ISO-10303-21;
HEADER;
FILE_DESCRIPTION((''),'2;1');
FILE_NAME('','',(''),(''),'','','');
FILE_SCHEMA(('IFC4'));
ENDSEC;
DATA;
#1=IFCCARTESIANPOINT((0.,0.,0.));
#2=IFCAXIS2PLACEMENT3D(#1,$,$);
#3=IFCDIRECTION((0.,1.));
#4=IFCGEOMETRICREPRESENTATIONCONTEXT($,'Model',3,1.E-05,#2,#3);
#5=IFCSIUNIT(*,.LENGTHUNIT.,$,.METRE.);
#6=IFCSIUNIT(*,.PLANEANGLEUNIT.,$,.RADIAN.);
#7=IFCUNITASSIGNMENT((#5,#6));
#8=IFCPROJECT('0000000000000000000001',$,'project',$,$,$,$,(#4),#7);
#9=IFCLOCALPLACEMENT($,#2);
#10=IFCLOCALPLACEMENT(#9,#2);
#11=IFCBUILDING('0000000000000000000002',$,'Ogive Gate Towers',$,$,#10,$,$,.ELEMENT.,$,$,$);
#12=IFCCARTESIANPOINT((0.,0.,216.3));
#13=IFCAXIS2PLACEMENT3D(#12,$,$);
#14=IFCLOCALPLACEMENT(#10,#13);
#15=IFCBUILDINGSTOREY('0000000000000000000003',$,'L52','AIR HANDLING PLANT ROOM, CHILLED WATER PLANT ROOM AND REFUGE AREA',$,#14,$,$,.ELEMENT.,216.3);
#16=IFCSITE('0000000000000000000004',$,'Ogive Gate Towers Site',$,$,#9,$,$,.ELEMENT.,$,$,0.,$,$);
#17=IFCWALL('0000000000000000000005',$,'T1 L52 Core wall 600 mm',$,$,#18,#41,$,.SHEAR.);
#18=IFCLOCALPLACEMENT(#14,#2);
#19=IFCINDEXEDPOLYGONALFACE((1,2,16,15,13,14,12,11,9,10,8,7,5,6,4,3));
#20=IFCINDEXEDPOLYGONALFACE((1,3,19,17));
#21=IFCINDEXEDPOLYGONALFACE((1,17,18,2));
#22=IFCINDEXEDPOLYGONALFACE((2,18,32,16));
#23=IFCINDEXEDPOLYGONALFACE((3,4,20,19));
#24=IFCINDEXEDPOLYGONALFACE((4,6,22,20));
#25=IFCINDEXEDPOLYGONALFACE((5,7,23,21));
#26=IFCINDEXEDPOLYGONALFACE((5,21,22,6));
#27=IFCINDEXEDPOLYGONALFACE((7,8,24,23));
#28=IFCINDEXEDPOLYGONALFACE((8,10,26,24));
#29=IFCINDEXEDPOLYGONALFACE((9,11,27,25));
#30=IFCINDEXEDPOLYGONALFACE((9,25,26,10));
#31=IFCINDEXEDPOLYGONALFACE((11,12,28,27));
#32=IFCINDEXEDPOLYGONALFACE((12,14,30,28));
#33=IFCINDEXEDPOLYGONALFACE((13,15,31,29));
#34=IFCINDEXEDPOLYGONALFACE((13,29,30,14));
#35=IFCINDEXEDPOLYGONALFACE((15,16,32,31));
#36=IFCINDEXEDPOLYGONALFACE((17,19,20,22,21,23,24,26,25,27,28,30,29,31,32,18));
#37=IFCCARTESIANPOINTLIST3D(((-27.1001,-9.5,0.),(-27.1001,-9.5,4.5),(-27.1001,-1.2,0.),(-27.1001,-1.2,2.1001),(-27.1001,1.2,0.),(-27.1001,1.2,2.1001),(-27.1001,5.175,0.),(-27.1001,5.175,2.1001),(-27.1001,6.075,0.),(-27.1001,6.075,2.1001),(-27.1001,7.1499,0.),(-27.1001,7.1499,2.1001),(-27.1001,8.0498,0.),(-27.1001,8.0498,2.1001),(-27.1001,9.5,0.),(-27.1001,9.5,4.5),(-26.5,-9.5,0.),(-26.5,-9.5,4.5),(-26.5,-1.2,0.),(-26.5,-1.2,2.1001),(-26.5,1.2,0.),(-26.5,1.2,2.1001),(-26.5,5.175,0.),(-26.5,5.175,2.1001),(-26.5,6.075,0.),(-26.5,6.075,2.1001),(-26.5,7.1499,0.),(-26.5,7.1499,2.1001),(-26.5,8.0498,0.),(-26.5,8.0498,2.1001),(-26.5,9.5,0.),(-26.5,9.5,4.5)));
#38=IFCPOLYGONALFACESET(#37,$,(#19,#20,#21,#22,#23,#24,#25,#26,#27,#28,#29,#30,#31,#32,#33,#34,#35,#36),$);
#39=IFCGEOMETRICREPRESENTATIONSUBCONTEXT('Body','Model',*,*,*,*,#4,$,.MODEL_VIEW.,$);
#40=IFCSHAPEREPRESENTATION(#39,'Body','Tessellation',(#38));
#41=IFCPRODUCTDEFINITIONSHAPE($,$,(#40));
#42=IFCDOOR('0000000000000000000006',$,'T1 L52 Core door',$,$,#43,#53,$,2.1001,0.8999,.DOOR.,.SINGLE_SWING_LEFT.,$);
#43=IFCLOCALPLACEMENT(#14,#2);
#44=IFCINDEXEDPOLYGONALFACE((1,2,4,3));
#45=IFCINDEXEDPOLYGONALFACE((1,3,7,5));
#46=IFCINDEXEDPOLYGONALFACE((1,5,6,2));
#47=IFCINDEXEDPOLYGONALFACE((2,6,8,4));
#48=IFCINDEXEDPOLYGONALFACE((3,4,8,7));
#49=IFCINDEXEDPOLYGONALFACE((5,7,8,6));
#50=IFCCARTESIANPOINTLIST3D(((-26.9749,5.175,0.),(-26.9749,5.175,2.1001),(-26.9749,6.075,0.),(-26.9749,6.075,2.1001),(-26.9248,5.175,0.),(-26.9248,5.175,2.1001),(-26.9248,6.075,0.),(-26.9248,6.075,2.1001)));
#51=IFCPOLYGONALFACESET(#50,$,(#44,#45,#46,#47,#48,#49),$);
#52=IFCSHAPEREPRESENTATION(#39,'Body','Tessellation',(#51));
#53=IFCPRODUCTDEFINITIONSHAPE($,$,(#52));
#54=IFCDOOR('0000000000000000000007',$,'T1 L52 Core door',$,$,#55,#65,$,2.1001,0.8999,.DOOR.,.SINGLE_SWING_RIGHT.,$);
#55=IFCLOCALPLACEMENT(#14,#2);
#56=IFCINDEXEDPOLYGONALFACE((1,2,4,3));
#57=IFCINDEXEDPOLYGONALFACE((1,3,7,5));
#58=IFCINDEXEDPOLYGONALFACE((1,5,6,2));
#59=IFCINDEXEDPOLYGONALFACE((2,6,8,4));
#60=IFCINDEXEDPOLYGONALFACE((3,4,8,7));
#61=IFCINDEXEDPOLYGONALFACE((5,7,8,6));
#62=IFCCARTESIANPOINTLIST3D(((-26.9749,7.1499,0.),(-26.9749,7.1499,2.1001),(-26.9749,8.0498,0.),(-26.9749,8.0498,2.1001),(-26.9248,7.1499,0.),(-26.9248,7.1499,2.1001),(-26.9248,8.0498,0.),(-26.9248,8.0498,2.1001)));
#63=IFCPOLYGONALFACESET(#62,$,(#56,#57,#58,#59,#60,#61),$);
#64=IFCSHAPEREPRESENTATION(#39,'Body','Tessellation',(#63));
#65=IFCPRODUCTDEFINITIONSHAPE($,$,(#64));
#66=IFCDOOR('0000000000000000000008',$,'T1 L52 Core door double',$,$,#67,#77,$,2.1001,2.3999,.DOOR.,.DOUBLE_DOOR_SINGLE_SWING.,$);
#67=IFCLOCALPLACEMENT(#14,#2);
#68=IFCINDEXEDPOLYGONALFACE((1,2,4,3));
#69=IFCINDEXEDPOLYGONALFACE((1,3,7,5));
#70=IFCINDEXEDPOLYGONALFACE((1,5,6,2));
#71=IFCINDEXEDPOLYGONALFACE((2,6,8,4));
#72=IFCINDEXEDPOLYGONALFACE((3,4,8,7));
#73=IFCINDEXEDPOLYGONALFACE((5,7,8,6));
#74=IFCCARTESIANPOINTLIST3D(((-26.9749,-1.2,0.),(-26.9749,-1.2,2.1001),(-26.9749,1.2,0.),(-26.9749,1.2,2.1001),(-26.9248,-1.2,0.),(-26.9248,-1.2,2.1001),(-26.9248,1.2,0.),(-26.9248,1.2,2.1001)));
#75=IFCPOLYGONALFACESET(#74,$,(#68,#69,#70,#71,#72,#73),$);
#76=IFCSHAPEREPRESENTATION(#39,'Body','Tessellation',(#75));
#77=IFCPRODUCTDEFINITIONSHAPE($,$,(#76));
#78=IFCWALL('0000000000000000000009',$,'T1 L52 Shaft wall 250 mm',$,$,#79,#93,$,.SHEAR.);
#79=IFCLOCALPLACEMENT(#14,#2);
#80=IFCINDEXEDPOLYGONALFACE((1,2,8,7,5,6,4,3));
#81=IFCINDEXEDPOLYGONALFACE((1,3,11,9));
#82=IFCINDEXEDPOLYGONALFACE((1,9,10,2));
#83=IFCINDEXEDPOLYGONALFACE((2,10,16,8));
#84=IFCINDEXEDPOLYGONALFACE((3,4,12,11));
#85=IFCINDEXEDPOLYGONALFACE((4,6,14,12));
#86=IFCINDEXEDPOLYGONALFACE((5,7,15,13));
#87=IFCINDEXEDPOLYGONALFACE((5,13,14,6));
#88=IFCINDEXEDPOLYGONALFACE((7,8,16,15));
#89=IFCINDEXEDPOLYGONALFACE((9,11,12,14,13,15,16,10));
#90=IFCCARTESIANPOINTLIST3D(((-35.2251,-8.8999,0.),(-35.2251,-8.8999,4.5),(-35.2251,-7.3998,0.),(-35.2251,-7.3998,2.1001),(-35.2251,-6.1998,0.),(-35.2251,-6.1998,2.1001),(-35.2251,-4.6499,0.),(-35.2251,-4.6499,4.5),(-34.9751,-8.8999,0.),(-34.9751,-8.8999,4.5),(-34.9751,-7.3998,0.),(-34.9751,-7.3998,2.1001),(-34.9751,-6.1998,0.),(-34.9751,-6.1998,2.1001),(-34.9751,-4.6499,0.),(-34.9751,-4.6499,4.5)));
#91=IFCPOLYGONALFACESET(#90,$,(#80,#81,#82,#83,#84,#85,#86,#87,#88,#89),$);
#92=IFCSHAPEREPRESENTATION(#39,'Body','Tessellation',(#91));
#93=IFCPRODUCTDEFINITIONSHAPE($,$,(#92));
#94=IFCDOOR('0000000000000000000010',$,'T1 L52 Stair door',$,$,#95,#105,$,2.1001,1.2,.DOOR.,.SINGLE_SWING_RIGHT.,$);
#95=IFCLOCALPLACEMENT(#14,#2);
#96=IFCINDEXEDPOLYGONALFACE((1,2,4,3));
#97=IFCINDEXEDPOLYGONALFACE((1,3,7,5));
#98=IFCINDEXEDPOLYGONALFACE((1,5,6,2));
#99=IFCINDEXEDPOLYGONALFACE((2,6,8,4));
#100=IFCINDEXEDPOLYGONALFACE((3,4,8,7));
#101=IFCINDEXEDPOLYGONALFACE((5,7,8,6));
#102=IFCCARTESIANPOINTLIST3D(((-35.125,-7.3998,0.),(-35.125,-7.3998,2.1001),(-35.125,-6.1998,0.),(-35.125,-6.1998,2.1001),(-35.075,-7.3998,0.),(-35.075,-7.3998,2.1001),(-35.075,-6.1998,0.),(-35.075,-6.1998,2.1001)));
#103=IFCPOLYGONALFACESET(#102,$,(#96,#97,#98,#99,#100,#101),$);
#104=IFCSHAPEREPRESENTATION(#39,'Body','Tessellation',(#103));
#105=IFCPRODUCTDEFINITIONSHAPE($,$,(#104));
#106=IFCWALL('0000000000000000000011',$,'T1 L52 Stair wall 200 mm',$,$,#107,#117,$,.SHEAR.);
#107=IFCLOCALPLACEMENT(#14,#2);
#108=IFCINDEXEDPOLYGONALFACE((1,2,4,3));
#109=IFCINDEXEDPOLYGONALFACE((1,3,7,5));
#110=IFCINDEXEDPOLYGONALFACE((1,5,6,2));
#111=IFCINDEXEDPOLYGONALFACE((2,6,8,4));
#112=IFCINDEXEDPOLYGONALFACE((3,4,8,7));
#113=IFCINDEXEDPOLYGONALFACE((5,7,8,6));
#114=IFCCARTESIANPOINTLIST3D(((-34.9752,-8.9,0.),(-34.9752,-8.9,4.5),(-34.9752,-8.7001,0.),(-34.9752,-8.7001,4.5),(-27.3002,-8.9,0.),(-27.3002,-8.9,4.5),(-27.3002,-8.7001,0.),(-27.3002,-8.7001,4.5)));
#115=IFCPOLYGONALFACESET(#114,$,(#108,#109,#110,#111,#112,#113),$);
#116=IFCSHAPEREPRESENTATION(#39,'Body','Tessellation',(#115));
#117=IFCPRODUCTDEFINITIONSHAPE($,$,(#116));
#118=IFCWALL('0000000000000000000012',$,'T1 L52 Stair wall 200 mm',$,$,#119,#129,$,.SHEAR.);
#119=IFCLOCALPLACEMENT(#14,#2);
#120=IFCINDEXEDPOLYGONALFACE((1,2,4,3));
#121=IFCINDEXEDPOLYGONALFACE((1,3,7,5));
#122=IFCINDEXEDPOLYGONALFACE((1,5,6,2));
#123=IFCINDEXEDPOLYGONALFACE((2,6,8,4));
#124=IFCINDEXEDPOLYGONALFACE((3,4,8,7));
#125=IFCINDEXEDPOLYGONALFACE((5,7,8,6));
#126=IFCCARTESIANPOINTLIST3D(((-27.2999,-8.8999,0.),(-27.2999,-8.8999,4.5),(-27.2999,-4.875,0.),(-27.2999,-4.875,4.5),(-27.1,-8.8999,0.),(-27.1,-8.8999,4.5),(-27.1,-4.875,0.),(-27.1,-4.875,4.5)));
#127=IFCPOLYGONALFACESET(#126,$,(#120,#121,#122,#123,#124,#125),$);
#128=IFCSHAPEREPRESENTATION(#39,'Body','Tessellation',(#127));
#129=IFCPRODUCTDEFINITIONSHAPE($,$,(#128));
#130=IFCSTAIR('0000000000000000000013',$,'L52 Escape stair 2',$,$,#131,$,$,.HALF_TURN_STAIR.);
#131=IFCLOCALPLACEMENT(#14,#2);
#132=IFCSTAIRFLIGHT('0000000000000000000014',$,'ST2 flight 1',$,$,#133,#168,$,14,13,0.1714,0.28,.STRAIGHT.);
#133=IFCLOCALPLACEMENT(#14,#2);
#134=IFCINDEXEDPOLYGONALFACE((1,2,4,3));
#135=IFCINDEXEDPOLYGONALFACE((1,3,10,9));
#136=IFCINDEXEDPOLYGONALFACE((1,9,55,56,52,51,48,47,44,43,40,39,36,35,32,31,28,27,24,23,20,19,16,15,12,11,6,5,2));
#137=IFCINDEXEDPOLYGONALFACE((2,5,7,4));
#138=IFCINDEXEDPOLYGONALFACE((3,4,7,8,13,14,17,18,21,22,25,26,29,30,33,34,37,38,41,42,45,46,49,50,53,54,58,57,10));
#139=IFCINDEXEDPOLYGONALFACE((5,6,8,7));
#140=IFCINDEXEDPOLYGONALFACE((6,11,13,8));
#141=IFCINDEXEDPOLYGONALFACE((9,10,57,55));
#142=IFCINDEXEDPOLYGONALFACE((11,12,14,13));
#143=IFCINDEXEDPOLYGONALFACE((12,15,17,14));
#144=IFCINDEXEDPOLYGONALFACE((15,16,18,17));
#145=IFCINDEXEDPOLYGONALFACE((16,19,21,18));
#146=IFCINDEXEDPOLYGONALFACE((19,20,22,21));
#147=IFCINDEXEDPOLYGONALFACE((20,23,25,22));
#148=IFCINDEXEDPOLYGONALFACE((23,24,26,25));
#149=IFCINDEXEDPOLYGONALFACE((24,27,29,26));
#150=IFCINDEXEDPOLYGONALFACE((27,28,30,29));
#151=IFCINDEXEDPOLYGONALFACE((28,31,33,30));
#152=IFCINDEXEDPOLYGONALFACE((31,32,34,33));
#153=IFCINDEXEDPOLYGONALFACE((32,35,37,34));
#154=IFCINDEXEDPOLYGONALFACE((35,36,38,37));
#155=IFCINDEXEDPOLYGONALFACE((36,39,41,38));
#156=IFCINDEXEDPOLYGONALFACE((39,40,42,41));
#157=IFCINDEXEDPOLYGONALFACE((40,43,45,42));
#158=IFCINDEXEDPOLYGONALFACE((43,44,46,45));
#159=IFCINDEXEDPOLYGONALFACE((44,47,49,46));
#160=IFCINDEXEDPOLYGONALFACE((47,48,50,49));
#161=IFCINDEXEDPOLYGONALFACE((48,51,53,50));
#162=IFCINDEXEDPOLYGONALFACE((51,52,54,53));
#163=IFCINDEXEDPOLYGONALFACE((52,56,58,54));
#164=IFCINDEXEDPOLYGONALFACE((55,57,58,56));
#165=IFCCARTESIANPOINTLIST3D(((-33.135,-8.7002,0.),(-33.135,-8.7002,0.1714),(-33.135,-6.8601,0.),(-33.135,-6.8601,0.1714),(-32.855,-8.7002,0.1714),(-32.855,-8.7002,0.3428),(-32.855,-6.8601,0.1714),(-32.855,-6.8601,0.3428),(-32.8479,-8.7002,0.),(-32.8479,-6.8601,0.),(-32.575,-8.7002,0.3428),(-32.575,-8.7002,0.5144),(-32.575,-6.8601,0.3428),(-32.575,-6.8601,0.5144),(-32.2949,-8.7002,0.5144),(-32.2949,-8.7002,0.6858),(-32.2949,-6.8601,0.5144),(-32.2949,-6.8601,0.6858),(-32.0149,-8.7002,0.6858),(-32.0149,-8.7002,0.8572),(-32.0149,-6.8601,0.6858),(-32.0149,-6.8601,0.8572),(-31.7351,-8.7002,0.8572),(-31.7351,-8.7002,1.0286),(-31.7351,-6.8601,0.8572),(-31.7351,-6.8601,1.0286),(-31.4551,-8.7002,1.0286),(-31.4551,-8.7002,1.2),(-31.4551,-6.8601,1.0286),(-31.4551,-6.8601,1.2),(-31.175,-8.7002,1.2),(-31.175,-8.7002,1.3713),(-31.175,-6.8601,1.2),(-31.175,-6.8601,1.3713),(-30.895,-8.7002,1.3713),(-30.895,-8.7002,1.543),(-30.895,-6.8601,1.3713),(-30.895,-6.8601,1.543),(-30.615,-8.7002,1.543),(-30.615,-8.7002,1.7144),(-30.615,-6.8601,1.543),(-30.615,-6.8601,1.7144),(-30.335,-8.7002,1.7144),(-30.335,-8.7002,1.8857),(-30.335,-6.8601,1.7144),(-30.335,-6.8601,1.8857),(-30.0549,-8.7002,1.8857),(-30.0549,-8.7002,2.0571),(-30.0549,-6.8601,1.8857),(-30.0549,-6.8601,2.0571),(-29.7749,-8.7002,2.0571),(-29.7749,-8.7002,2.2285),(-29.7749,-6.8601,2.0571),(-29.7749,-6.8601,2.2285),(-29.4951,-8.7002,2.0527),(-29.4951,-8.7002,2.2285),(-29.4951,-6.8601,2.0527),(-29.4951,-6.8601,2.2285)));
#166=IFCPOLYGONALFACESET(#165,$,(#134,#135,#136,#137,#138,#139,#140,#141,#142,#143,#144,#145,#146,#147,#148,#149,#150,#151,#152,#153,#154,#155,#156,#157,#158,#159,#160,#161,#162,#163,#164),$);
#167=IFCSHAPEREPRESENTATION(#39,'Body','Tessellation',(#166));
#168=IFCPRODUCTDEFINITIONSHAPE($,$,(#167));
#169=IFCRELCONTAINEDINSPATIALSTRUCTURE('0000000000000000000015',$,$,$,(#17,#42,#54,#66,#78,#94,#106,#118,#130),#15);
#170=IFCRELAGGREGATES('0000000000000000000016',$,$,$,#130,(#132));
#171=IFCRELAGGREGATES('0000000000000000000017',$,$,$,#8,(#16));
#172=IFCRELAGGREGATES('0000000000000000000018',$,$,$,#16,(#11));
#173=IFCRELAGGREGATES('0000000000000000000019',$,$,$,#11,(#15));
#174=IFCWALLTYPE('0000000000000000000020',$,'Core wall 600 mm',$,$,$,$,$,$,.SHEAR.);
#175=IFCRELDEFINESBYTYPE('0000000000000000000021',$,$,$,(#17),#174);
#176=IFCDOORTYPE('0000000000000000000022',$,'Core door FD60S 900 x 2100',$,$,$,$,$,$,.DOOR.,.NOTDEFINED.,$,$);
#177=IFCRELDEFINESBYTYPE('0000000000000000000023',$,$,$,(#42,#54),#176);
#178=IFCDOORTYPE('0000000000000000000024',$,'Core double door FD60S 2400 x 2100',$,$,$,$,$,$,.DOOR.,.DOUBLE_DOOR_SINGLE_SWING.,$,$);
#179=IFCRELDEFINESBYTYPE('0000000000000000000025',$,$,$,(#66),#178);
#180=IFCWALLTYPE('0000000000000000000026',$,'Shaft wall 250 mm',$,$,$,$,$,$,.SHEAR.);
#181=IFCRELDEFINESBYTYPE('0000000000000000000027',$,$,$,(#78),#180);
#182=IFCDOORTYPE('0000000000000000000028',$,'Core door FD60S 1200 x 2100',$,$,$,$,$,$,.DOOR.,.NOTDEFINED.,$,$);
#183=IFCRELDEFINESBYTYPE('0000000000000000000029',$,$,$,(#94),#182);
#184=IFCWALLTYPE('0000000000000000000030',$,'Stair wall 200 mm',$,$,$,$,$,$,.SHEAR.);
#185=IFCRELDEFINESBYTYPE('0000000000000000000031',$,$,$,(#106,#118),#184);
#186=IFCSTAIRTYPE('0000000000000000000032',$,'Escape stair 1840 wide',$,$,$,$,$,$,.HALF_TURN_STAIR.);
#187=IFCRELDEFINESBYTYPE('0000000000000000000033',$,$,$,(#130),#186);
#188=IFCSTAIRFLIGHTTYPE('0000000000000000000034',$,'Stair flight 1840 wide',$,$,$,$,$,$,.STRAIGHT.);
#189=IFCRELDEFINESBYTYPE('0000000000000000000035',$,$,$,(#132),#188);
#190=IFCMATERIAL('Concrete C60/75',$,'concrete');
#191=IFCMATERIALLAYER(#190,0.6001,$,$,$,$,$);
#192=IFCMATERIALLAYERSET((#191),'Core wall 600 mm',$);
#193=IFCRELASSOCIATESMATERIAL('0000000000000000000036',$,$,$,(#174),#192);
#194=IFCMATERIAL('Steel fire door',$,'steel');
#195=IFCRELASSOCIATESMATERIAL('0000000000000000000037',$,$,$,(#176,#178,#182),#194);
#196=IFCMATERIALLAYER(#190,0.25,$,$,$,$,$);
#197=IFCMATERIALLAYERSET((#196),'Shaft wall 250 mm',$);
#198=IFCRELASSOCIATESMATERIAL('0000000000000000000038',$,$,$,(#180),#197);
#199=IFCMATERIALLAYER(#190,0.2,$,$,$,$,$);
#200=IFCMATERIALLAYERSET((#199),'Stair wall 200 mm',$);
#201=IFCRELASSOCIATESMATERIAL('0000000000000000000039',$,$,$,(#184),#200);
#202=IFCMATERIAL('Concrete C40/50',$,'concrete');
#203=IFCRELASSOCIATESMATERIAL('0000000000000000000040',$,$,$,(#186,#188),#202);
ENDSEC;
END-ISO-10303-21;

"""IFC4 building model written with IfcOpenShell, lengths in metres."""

from ifc_helpers import new_model, si_unit, direction, frame, frame_2d, origin, place, context, subcontext, project, spatial, polyline, rectangle, outline, extrude, material, layer, layer_set, type_object, element, fill, aggregate, save


model = new_model("IFC4")

# Units and contexts
model_context = context("Model", 3, precision=1e-05, world=origin(), true_north=direction((0.0, 1.0)))
body_context = subcontext(model_context, "Body", "Model", "MODEL_VIEW")
ifc_project = project(units=[si_unit("LENGTHUNIT", "METRE"), si_unit("PLANEANGLEUNIT", "RADIAN")], contexts=[model_context])

# Site, building, storey
site_placement = place(None, origin())
site = spatial("IfcSite", under=ifc_project, at=site_placement, Name="Ogive Gate Towers Site", CompositionType="ELEMENT", RefElevation=0.0)
building_placement = place(site_placement, origin())
building = spatial("IfcBuilding", under=site, at=building_placement, Name="Ogive Gate Towers", CompositionType="ELEMENT")
storey_placement = place(building_placement, frame((0.0, 0.0, 216.3)))
storey = spatial("IfcBuildingStorey", under=building, at=storey_placement, Name="L52", Description="AIR HANDLING PLANT ROOM, CHILLED WATER PLANT ROOM AND REFUGE AREA", CompositionType="ELEMENT", Elevation=216.3)

# Shared definitions
ifc_material_1 = material(Name="Steel fire door", Category="steel")

# Wall, openings, doors
ifc_material_2 = material(Name="Concrete C60/75", Category="concrete")
ifc_layer_1 = layer(ifc_material_2, 0.6001)
ifc_layer_set_1 = layer_set([ifc_layer_1], Name="Core wall 600 mm")
wall_type_1 = type_object("IfcWallType", Name="Core wall 600 mm", PredefinedType="SHEAR", material=ifc_layer_set_1)
wall_1_placement = place(storey_placement, frame((-26.8, -9.5, 0.0), z_axis=(0.0, 0.0, 1.0), x_axis=(0.0, 1.0, 0.0)))
wall_1 = element("IfcWall", 1, at=wall_1_placement, inside=storey, type_object=wall_type_1, Name="T1 L52 Core wall 600 mm", PredefinedType="SHEAR", context=body_context, shape_type="SweptSolid", body=[
    extrude(rectangle(XDim=19.0, YDim=0.6001, at=frame_2d((9.5, 0.0))), origin(), (0.0, 0.0, 1.0), 4.5),
])
opening_1_placement = place(wall_1_placement, frame((8.3, 0.0, 0.0)))
opening_1 = element("IfcOpeningElement", 2, at=opening_1_placement, cuts=wall_1, PredefinedType="OPENING", context=body_context, shape_type="SweptSolid", body=[
    extrude(rectangle(XDim=2.3999, YDim=2.1001, at=frame_2d((1.2, 1.05))), frame((0.0, 0.3101, 0.0), z_axis=(0.0, -1.0, 0.0), x_axis=(1.0, 0.0, 0.0)), (0.0, 0.0, 1.0), 0.6201),
])
opening_2_placement = place(wall_1_placement, frame((14.675, 0.0, 0.0)))
opening_2 = element("IfcOpeningElement", 3, at=opening_2_placement, cuts=wall_1, PredefinedType="OPENING", context=body_context, shape_type="SweptSolid", body=[
    extrude(rectangle(XDim=0.8999, YDim=2.1001, at=frame_2d((0.45, 1.05))), frame((0.0, 0.3101, 0.0), z_axis=(0.0, -1.0, 0.0), x_axis=(1.0, 0.0, 0.0)), (0.0, 0.0, 1.0), 0.6201),
])
opening_3_placement = place(wall_1_placement, frame((16.6499, 0.0, 0.0)))
opening_3 = element("IfcOpeningElement", 4, at=opening_3_placement, cuts=wall_1, PredefinedType="OPENING", context=body_context, shape_type="SweptSolid", body=[
    extrude(rectangle(XDim=0.8999, YDim=2.1001, at=frame_2d((0.45, 1.05))), frame((0.0, 0.3101, 0.0), z_axis=(0.0, -1.0, 0.0), x_axis=(1.0, 0.0, 0.0)), (0.0, 0.0, 1.0), 0.6201),
])
door_type_1 = type_object("IfcDoorType", Name="Core door FD60S 900 x 2100", OperationType="NOTDEFINED", PredefinedType="DOOR", material=ifc_material_1)
door_1_placement = place(opening_2_placement, origin())
door_1 = element("IfcDoor", 5, at=door_1_placement, inside=storey, type_object=door_type_1, Name="T1 L52 Core door", OperationType="SINGLE_SWING_LEFT", OverallHeight=2.1001, OverallWidth=0.8999, PredefinedType="DOOR", context=body_context, shape_type="SweptSolid", body=[
    extrude(rectangle(XDim=0.8999, YDim=2.1001, at=frame_2d((0.45, 1.05))), frame((0.0, 0.1748, 0.0), z_axis=(0.0, -1.0, 0.0), x_axis=(1.0, 0.0, 0.0)), (0.0, 0.0, 1.0), 0.05),
])
fill(opening_2, door_1)
door_2_placement = place(opening_3_placement, origin())
door_2 = element("IfcDoor", 6, at=door_2_placement, inside=storey, type_object=door_type_1, Name="T1 L52 Core door", OperationType="SINGLE_SWING_RIGHT", OverallHeight=2.1001, OverallWidth=0.8999, PredefinedType="DOOR", context=body_context, shape_type="SweptSolid", body=[
    extrude(rectangle(XDim=0.8999, YDim=2.1001, at=frame_2d((0.45, 1.05))), frame((0.0, 0.1748, 0.0), z_axis=(0.0, -1.0, 0.0), x_axis=(1.0, 0.0, 0.0)), (0.0, 0.0, 1.0), 0.05),
])
fill(opening_3, door_2)
door_type_2 = type_object("IfcDoorType", Name="Core double door FD60S 2400 x 2100", OperationType="DOUBLE_DOOR_SINGLE_SWING", PredefinedType="DOOR", material=ifc_material_1)
door_3_placement = place(opening_1_placement, origin())
door_3 = element("IfcDoor", 7, at=door_3_placement, inside=storey, type_object=door_type_2, Name="T1 L52 Core door double", OperationType="DOUBLE_DOOR_SINGLE_SWING", OverallHeight=2.1001, OverallWidth=2.3999, PredefinedType="DOOR", context=body_context, shape_type="SweptSolid", body=[
    extrude(rectangle(XDim=2.3999, YDim=2.1001, at=frame_2d((1.2, 1.05))), frame((0.0, 0.1748, 0.0), z_axis=(0.0, -1.0, 0.0), x_axis=(1.0, 0.0, 0.0)), (0.0, 0.0, 1.0), 0.05),
])
fill(opening_1, door_3)

# Wall, opening, door
ifc_layer_2 = layer(ifc_material_2, 0.25)
ifc_layer_set_2 = layer_set([ifc_layer_2], Name="Shaft wall 250 mm")
wall_type_2 = type_object("IfcWallType", Name="Shaft wall 250 mm", PredefinedType="SHEAR", material=ifc_layer_set_2)
wall_2_placement = place(storey_placement, frame((-35.1001, -8.8999, 0.0), z_axis=(0.0, 0.0, 1.0), x_axis=(0.0, 1.0, 0.0)))
wall_2 = element("IfcWall", 8, at=wall_2_placement, inside=storey, type_object=wall_type_2, Name="T1 L52 Shaft wall 250 mm", PredefinedType="SHEAR", context=body_context, shape_type="SweptSolid", body=[
    extrude(rectangle(XDim=4.25, YDim=0.25, at=frame_2d((2.125, 0.0))), origin(), (0.0, 0.0, 1.0), 4.5),
])
opening_4_placement = place(wall_2_placement, frame((1.5, 0.0, 0.0)))
opening_4 = element("IfcOpeningElement", 9, at=opening_4_placement, cuts=wall_2, PredefinedType="OPENING", context=body_context, shape_type="SweptSolid", body=[
    extrude(rectangle(XDim=1.2, YDim=2.1001, at=frame_2d((0.6001, 1.05))), frame((0.0, 0.135, 0.0), z_axis=(0.0, -1.0, 0.0), x_axis=(1.0, 0.0, 0.0)), (0.0, 0.0, 1.0), 0.27),
])
door_type_3 = type_object("IfcDoorType", Name="Core door FD60S 1200 x 2100", OperationType="NOTDEFINED", PredefinedType="DOOR", material=ifc_material_1)
door_4_placement = place(opening_4_placement, origin())
door_4 = element("IfcDoor", 10, at=door_4_placement, inside=storey, type_object=door_type_3, Name="T1 L52 Stair door", OperationType="SINGLE_SWING_RIGHT", OverallHeight=2.1001, OverallWidth=1.2, PredefinedType="DOOR", context=body_context, shape_type="SweptSolid", body=[
    extrude(rectangle(XDim=1.2, YDim=2.1001, at=frame_2d((0.6001, 1.05))), frame((0.0, 0.0249, 0.0), z_axis=(0.0, -1.0, 0.0), x_axis=(1.0, 0.0, 0.0)), (0.0, 0.0, 1.0), 0.05),
])
fill(opening_4, door_4)

# Walls
ifc_layer_3 = layer(ifc_material_2, 0.2)
ifc_layer_set_3 = layer_set([ifc_layer_3], Name="Stair wall 200 mm")
wall_type_3 = type_object("IfcWallType", Name="Stair wall 200 mm", PredefinedType="SHEAR", material=ifc_layer_set_3)
wall_3_placement = place(storey_placement, frame((-34.9751, -8.8, 0.0), z_axis=(0.0, 0.0, 1.0), x_axis=(1.0, 0.0, 0.0)))
element("IfcWall", 11, at=wall_3_placement, inside=storey, type_object=wall_type_3, Name="T1 L52 Stair wall 200 mm", PredefinedType="SHEAR", context=body_context, shape_type="SweptSolid", body=[
    extrude(rectangle(XDim=7.675, YDim=0.2, at=frame_2d((3.8374, 0.0))), origin(), (0.0, 0.0, 1.0), 4.5),
])
wall_4_placement = place(storey_placement, frame((-27.2, -8.8999, 0.0), z_axis=(0.0, 0.0, 1.0), x_axis=(0.0, 1.0, 0.0)))
element("IfcWall", 12, at=wall_4_placement, inside=storey, type_object=wall_type_3, Name="T1 L52 Stair wall 200 mm", PredefinedType="SHEAR", context=body_context, shape_type="SweptSolid", body=[
    extrude(rectangle(XDim=4.0249, YDim=0.2, at=frame_2d((2.0125, 0.0))), origin(), (0.0, 0.0, 1.0), 4.5),
])

# Stair, stair flight
ifc_material_3 = material(Name="Concrete C40/50", Category="concrete")
stair_type = type_object("IfcStairType", Name="Escape stair 1840 wide", PredefinedType="HALF_TURN_STAIR", material=ifc_material_3)
stair_placement = place(storey_placement, origin())
stair = element("IfcStair", 13, at=stair_placement, inside=storey, type_object=stair_type, Name="L52 Escape stair 2", PredefinedType="HALF_TURN_STAIR")
stair_flight_type = type_object("IfcStairFlightType", Name="Stair flight 1840 wide", PredefinedType="STRAIGHT", material=ifc_material_3)
stair_flight_placement = place(storey_placement, frame((-33.135, -7.78, 0.0), z_axis=(0.0, 0.0, 1.0), x_axis=(1.0, 0.0, 0.0)))
stair_flight = element("IfcStairFlight", 14, at=stair_flight_placement, type_object=stair_flight_type, Name="ST2 flight 1", NumberOfRisers=14, NumberOfTreads=13, PredefinedType="STRAIGHT", RiserHeight=0.1714, TreadLength=0.28, context=body_context, shape_type="SweptSolid", body=[
    extrude(outline(polyline([(0.0, 0.0), (0.0, 0.1714), (0.28, 0.1714), (0.28, 0.3428), (0.5601, 0.3428), (0.5601, 0.5144), (0.8401, 0.5144), (0.8401, 0.6858), (1.1201, 0.6858), (1.1201, 0.8572), (1.3999, 0.8572), (1.3999, 1.0286), (1.6799, 1.0286), (1.6799, 1.2), (1.96, 1.2), (1.96, 1.3713), (2.24, 1.3713), (2.24, 1.543), (2.52, 1.543), (2.52, 1.7144), (2.8, 1.7144), (2.8, 1.8857), (3.0801, 1.8857), (3.0801, 2.0571), (3.3601, 2.0571), (3.3601, 2.2285), (3.6399, 2.2285), (3.6399, 2.3999), (3.6399, 2.0527), (0.2871, 0.0), (0.0, 0.0)])), frame((0.0, 0.9199, 0.0), z_axis=(0.0, -1.0, 0.0), x_axis=(1.0, 0.0, 0.0)), (0.0, 0.0, 1.0), 1.8401),
])
aggregate(stair, [stair_flight])

save(model, "model.ifc")
